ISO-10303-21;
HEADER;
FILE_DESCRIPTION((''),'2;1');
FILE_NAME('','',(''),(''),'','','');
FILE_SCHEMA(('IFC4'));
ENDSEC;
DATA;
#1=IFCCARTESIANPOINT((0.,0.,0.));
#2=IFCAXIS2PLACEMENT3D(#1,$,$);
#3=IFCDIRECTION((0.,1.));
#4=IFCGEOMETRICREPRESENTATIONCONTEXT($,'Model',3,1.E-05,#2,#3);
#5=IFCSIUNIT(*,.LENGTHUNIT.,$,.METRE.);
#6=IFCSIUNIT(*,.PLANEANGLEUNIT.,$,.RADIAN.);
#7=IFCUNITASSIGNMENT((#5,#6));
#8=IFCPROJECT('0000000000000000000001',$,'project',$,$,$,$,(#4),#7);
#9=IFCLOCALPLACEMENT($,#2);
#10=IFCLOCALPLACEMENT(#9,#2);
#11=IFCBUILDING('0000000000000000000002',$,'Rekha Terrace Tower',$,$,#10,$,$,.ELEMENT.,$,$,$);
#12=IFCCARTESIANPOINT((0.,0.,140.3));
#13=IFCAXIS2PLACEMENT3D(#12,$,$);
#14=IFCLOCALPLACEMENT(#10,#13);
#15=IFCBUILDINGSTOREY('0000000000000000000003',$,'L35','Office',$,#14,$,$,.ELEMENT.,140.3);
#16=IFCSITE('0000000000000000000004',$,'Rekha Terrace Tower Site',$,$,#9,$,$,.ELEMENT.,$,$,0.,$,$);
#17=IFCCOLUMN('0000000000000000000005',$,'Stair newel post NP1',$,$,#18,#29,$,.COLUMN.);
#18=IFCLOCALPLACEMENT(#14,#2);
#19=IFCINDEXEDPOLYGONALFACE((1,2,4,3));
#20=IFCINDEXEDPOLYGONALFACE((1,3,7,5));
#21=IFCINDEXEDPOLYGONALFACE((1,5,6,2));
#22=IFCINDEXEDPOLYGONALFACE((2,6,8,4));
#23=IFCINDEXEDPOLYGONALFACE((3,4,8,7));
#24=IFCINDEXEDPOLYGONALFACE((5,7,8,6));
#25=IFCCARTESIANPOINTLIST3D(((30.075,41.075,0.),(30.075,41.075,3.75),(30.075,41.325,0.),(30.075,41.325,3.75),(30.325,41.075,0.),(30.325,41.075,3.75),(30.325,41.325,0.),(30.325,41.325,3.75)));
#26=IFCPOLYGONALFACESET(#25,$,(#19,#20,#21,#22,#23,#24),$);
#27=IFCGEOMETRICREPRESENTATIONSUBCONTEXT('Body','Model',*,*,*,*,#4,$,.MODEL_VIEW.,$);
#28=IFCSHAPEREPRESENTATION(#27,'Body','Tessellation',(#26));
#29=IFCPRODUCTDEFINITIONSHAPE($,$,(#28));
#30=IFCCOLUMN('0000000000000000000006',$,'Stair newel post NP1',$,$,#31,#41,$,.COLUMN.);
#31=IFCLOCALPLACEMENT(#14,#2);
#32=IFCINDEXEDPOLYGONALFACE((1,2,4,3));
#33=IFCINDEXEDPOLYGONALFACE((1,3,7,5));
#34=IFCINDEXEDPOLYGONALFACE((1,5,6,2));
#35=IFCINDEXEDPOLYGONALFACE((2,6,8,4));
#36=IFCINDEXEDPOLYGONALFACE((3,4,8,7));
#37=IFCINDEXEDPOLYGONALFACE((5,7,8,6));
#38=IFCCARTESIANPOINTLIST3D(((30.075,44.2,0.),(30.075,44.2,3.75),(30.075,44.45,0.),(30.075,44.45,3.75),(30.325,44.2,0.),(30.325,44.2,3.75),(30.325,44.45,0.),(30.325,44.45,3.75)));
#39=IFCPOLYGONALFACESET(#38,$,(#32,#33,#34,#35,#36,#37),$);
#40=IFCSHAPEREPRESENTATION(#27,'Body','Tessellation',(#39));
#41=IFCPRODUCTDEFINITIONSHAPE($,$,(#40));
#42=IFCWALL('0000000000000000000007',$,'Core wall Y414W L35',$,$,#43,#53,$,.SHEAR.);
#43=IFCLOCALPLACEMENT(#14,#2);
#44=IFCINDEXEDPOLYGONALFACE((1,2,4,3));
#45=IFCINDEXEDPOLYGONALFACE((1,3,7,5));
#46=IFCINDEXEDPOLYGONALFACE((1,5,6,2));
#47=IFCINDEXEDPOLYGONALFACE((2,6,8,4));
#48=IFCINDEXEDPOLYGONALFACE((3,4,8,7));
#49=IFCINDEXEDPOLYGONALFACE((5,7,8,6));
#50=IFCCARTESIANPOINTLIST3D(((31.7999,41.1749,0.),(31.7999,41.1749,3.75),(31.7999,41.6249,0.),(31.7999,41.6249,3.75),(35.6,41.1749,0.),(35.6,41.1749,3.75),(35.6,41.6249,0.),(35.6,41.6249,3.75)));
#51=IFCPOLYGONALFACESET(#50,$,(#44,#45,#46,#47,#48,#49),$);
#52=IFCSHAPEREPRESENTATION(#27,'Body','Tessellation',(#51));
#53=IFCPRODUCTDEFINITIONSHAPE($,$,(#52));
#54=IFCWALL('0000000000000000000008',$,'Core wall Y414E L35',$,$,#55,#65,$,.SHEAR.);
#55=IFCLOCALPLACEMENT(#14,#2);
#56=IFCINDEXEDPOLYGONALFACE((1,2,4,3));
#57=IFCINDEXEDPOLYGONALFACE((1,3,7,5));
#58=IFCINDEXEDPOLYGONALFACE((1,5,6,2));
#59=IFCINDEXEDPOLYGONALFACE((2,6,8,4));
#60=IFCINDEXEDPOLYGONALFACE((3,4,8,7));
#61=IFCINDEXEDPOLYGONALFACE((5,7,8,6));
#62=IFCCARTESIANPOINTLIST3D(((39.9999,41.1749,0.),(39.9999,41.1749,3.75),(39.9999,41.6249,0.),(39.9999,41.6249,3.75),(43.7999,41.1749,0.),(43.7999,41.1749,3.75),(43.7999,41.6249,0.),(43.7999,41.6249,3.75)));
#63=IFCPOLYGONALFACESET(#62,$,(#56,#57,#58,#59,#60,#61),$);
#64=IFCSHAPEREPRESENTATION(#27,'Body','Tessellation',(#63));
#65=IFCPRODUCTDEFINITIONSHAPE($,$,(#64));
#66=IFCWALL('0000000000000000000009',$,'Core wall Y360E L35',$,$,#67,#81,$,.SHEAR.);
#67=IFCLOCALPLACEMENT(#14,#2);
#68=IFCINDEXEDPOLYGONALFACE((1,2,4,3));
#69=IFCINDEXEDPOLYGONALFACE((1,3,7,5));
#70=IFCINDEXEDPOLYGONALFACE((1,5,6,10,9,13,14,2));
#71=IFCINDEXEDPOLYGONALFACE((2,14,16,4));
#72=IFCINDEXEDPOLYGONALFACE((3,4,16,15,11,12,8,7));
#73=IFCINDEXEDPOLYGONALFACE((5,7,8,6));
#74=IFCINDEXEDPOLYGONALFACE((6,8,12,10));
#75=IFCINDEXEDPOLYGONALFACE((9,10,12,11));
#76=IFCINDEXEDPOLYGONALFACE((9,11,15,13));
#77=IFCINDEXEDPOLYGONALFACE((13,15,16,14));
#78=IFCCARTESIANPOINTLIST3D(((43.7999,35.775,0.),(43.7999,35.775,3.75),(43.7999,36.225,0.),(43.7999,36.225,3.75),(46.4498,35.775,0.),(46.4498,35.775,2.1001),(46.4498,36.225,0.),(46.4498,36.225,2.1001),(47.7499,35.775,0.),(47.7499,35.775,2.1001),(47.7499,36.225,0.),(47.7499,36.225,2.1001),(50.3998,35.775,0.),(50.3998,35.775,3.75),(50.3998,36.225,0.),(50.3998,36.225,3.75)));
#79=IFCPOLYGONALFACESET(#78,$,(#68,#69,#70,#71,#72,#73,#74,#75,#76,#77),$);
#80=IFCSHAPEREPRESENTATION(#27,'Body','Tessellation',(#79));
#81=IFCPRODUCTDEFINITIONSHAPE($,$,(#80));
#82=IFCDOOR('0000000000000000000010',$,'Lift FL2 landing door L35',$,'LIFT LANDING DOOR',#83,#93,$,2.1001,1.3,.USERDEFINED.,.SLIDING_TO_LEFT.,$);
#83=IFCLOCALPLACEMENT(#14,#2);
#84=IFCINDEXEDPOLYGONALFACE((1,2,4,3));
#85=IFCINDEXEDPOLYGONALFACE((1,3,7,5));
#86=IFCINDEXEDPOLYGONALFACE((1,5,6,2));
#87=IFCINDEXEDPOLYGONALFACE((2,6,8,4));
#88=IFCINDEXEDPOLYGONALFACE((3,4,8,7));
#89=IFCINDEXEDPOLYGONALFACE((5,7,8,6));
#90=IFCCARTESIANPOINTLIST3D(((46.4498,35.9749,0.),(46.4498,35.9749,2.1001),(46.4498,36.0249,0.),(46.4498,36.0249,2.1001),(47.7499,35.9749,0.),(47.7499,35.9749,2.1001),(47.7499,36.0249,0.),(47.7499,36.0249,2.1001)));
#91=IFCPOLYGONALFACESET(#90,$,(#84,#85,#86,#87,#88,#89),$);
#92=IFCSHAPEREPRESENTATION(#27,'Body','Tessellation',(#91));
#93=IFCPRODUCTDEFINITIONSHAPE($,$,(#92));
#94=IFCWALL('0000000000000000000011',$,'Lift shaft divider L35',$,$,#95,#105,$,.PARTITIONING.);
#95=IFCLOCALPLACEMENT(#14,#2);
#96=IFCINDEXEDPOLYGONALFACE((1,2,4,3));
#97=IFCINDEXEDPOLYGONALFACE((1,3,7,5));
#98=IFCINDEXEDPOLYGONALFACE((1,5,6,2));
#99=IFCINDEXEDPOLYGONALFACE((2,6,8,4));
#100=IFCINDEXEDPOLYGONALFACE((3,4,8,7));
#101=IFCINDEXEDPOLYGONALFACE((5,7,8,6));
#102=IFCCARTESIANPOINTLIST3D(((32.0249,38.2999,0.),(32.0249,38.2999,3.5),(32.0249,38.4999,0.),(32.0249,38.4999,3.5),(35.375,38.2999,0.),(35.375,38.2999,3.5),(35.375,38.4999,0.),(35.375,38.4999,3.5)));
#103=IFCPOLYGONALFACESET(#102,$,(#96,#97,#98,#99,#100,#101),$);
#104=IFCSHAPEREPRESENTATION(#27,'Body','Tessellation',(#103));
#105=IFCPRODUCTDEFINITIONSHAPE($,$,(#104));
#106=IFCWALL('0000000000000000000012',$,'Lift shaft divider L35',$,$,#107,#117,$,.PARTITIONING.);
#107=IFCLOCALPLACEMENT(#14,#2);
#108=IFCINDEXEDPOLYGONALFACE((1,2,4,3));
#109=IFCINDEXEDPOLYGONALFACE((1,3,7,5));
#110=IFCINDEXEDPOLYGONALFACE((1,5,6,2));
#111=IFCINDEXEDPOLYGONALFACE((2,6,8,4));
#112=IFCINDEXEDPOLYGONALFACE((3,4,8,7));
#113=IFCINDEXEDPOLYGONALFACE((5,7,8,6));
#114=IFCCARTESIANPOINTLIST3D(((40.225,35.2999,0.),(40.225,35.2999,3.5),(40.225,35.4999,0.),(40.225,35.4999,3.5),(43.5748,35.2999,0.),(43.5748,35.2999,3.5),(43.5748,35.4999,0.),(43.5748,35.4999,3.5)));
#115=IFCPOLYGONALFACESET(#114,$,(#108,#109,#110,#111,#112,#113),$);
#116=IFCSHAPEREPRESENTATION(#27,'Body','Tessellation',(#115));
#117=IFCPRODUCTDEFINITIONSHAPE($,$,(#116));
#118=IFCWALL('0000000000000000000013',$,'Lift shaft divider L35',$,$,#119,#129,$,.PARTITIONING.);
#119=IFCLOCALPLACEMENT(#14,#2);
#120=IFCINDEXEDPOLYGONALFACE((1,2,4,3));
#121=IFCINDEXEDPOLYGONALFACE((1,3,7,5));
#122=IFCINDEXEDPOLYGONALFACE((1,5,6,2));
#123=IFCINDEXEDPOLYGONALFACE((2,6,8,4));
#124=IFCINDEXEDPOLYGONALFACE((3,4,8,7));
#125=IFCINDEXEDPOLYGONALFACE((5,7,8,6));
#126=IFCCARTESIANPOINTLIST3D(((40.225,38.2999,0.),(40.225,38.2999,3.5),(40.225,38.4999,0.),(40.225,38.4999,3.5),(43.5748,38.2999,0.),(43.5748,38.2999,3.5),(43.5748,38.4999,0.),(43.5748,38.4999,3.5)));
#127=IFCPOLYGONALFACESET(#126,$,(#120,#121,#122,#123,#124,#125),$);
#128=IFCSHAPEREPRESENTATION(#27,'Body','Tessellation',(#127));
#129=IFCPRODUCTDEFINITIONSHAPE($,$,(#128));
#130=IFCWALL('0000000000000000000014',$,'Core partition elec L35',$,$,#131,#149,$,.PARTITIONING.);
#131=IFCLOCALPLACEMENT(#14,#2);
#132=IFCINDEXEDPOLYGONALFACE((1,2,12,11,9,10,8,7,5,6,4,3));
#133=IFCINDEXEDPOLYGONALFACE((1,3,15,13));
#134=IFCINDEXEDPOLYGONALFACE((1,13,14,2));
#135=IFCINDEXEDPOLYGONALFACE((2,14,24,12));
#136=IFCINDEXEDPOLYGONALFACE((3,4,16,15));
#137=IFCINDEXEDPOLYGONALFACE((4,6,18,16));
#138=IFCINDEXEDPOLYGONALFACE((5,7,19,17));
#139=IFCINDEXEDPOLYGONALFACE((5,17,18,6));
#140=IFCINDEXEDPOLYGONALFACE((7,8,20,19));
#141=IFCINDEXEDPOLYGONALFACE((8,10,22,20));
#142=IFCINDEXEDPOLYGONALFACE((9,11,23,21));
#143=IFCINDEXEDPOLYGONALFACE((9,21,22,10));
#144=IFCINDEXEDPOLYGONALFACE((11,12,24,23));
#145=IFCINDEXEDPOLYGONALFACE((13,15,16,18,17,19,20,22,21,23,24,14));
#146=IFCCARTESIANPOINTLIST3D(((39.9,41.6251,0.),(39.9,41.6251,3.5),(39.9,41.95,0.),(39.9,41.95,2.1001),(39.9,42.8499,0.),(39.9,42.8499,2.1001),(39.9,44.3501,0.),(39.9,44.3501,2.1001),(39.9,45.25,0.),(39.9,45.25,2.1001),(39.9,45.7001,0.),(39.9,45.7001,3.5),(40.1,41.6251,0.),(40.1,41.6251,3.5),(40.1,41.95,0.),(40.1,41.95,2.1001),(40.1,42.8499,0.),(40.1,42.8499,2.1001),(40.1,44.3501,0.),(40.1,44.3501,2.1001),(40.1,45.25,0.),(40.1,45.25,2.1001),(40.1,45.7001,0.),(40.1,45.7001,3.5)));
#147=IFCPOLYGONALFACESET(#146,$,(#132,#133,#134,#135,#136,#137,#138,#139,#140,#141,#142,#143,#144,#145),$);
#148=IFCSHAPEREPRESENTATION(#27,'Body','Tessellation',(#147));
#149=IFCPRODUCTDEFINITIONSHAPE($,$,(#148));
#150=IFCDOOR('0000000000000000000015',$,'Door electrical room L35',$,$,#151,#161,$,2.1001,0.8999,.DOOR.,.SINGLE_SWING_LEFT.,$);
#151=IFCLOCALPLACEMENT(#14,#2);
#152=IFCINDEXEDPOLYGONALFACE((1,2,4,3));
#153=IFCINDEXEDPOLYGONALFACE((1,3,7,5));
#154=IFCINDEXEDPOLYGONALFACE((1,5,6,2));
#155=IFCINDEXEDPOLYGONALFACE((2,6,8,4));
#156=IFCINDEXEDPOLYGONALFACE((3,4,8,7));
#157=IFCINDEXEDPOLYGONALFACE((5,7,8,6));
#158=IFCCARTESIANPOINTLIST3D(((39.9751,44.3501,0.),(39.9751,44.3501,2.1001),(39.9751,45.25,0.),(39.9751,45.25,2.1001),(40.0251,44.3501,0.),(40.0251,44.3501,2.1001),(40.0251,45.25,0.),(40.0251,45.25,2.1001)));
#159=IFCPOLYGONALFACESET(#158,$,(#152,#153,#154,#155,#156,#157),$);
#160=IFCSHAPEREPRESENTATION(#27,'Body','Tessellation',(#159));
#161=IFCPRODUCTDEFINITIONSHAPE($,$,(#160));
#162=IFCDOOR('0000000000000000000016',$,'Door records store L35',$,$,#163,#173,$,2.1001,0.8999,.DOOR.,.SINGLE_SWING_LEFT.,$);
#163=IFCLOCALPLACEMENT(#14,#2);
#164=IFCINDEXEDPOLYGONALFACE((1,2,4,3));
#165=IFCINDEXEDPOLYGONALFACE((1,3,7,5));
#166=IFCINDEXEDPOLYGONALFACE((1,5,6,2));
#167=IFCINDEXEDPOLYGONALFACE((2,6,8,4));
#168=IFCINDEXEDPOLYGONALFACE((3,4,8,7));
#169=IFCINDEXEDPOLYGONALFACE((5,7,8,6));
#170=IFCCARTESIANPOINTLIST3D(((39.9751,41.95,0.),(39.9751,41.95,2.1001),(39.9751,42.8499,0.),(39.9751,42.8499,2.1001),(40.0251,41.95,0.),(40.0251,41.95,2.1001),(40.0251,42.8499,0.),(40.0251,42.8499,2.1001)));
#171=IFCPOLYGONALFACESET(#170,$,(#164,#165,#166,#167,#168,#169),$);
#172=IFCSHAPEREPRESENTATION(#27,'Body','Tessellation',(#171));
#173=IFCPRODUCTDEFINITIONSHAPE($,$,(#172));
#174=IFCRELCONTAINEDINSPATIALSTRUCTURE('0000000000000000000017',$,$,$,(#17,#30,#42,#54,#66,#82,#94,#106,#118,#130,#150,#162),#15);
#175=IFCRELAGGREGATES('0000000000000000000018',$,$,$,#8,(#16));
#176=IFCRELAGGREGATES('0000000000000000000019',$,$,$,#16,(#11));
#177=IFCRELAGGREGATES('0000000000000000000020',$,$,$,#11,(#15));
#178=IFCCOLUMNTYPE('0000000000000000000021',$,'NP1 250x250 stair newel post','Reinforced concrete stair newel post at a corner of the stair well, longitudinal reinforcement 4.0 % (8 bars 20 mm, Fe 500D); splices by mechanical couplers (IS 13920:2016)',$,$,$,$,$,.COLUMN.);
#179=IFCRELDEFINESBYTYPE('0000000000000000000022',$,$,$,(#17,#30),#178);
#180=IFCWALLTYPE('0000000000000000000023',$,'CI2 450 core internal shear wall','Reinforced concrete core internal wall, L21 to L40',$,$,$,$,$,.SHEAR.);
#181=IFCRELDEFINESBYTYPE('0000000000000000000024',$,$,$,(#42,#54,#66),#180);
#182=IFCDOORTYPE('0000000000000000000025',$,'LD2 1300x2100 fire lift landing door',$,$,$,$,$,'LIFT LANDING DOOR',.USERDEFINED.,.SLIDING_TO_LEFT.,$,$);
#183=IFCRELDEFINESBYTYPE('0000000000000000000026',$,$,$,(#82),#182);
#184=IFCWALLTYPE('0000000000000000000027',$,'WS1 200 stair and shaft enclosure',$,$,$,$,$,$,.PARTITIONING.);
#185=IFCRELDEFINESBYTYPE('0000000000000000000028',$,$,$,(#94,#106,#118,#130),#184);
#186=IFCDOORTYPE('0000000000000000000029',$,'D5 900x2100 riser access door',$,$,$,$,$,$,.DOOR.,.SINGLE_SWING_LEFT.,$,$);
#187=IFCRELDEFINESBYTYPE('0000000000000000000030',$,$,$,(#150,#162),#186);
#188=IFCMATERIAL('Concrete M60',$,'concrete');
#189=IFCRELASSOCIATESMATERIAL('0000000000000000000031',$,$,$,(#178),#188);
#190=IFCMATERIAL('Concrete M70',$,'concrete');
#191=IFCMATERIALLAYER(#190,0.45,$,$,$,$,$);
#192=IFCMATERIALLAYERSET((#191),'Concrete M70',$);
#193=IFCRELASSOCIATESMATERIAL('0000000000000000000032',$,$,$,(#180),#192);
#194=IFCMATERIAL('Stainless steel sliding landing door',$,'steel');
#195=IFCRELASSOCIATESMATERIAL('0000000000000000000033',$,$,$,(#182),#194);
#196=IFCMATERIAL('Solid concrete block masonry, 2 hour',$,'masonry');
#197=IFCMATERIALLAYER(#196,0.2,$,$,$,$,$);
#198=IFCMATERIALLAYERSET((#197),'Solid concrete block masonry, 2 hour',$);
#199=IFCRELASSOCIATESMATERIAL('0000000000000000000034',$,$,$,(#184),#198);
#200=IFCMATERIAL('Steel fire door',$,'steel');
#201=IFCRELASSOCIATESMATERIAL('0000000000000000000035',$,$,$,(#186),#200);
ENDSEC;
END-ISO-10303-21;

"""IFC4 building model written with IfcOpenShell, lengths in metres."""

from ifc_helpers import new_model, si_unit, direction, frame, frame_2d, origin, origin_2d, place, context, subcontext, project, spatial, rectangle, extrude, material, layer, layer_set, material_profile, profile_set, type_object, element, fill, save


model = new_model("IFC4")

# Units and contexts
model_context = context("Model", 3, precision=1e-05, world=origin(), true_north=direction((0.0, 1.0)))
body_context = subcontext(model_context, "Body", "Model", "MODEL_VIEW")
ifc_project = project(units=[si_unit("LENGTHUNIT", "METRE"), si_unit("PLANEANGLEUNIT", "RADIAN")], contexts=[model_context])

# Site, building, storey
site_placement = place(None, origin())
site = spatial("IfcSite", under=ifc_project, at=site_placement, Name="Rekha Terrace Tower Site", CompositionType="ELEMENT", RefElevation=0.0)
building_placement = place(site_placement, origin())
building = spatial("IfcBuilding", under=site, at=building_placement, Name="Rekha Terrace Tower", CompositionType="ELEMENT")
storey_placement = place(building_placement, frame((0.0, 0.0, 140.3)))
storey = spatial("IfcBuildingStorey", under=building, at=storey_placement, Name="L35", Description="Office", CompositionType="ELEMENT", Elevation=140.3)

# Columns
ifc_material_1 = material(Name="Concrete M60", Category="concrete")
ifc_material_profile = material_profile(ifc_material_1, rectangle(XDim=0.25, YDim=0.25, at=origin_2d()), Name="RC 250x250")
ifc_profile_set = profile_set([ifc_material_profile], Name="Concrete M60")
column_type = type_object("IfcColumnType", Name="NP1 250x250 stair newel post", Description="Reinforced concrete stair newel post at a corner of the stair well, longitudinal reinforcement 4.0 % (8 bars 20 mm, Fe 500D); splices by mechanical couplers (IS 13920:2016)", PredefinedType="COLUMN", material=ifc_profile_set)
for number, where, z_axis, x_axis, name in (
    (1, (30.2, 41.2, 0.0), (0.0, 0.0, 1.0), (1.0, 0.0, 0.0), "Stair newel post NP1"),
    (2, (30.2, 44.325, 0.0), (0.0, 0.0, 1.0), (1.0, 0.0, 0.0), "Stair newel post NP1"),
):
    element("IfcColumn", number, at=place(storey_placement, frame(where, z_axis=z_axis, x_axis=x_axis)), inside=storey, type_object=column_type, Name=name, PredefinedType="COLUMN", context=body_context, shape_type="SweptSolid", body=[
        extrude(rectangle(XDim=0.25, YDim=0.25, at=origin_2d()), origin(), (0.0, 0.0, 1.0), 3.75),
    ])

# Walls
ifc_material_2 = material(Name="Concrete M70", Category="concrete")
ifc_layer_1 = layer(ifc_material_2, 0.45)
ifc_layer_set_1 = layer_set([ifc_layer_1], Name="Concrete M70")
wall_type_1 = type_object("IfcWallType", Name="CI2 450 core internal shear wall", Description="Reinforced concrete core internal wall, L21 to L40", PredefinedType="SHEAR", material=ifc_layer_set_1)
for number, where, z_axis, x_axis, name in (
    (3, (31.8, 41.3999, 0.0), (0.0, 0.0, 1.0), (1.0, 0.0, 0.0), "Core wall Y414W L35"),
    (4, (40.0, 41.3999, 0.0), (0.0, 0.0, 1.0), (1.0, 0.0, 0.0), "Core wall Y414E L35"),
):
    element("IfcWall", number, at=place(storey_placement, frame(where, z_axis=z_axis, x_axis=x_axis)), inside=storey, type_object=wall_type_1, Name=name, PredefinedType="SHEAR", context=body_context, shape_type="SweptSolid", body=[
        extrude(rectangle(XDim=3.8, YDim=0.45, at=frame_2d((1.8999, 0.0))), origin(), (0.0, 0.0, 1.0), 3.75),
    ])

# Wall, opening, door
wall_1_placement = place(storey_placement, frame((43.8, 36.0, 0.0), z_axis=(0.0, 0.0, 1.0), x_axis=(1.0, 0.0, 0.0)))
wall_1 = element("IfcWall", 5, at=wall_1_placement, inside=storey, type_object=wall_type_1, Name="Core wall Y360E L35", PredefinedType="SHEAR", context=body_context, shape_type="SweptSolid", body=[
    extrude(rectangle(XDim=6.5999, YDim=0.45, at=frame_2d((3.2998, 0.0))), origin(), (0.0, 0.0, 1.0), 3.75),
])
opening_1_placement = place(wall_1_placement, frame((2.6499, 0.0, 0.0)))
opening_1 = element("IfcOpeningElement", 6, at=opening_1_placement, cuts=wall_1, PredefinedType="OPENING", context=body_context, shape_type="SweptSolid", body=[
    extrude(rectangle(XDim=1.3, YDim=2.1001, at=frame_2d((0.6499, 1.05))), frame((0.0, 0.2349, 0.0), z_axis=(0.0, -1.0, 0.0), x_axis=(1.0, 0.0, 0.0)), (0.0, 0.0, 1.0), 0.47),
])
ifc_material_3 = material(Name="Stainless steel sliding landing door", Category="steel")
door_type_1 = type_object("IfcDoorType", Name="LD2 1300x2100 fire lift landing door", ElementType="LIFT LANDING DOOR", OperationType="SLIDING_TO_LEFT", PredefinedType="USERDEFINED", material=ifc_material_3)
door_1_placement = place(opening_1_placement, origin())
door_1 = element("IfcDoor", 7, at=door_1_placement, inside=storey, type_object=door_type_1, Name="Lift FL2 landing door L35", ObjectType="LIFT LANDING DOOR", OperationType="SLIDING_TO_LEFT", OverallHeight=2.1001, OverallWidth=1.3, PredefinedType="USERDEFINED", context=body_context, shape_type="SweptSolid", body=[
    extrude(rectangle(XDim=1.3, YDim=2.1001, at=frame_2d((0.6499, 1.05))), frame((0.0, 0.0249, 0.0), z_axis=(0.0, -1.0, 0.0), x_axis=(1.0, 0.0, 0.0)), (0.0, 0.0, 1.0), 0.05),
])
fill(opening_1, door_1)

# Walls
ifc_material_4 = material(Name="Solid concrete block masonry, 2 hour", Category="masonry")
ifc_layer_2 = layer(ifc_material_4, 0.2)
ifc_layer_set_2 = layer_set([ifc_layer_2], Name="Solid concrete block masonry, 2 hour")
wall_type_2 = type_object("IfcWallType", Name="WS1 200 stair and shaft enclosure", PredefinedType="PARTITIONING", material=ifc_layer_set_2)
wall_2_placement = place(storey_placement, frame((32.0249, 38.3999, 0.0), z_axis=(0.0, 0.0, 1.0), x_axis=(1.0, 0.0, 0.0)))
element("IfcWall", 8, at=wall_2_placement, inside=storey, type_object=wall_type_2, Name="Lift shaft divider L35", PredefinedType="PARTITIONING", context=body_context, shape_type="SweptSolid", body=[
    extrude(rectangle(XDim=3.3501, YDim=0.2, at=frame_2d((1.675, 0.0))), origin(), (0.0, 0.0, 1.0), 3.5),
])
for number, where, z_axis, x_axis, name in (
    (9, (40.2251, 35.3999, 0.0), (0.0, 0.0, 1.0), (1.0, 0.0, 0.0), "Lift shaft divider L35"),
    (10, (40.2251, 38.3999, 0.0), (0.0, 0.0, 1.0), (1.0, 0.0, 0.0), "Lift shaft divider L35"),
):
    element("IfcWall", number, at=place(storey_placement, frame(where, z_axis=z_axis, x_axis=x_axis)), inside=storey, type_object=wall_type_2, Name=name, PredefinedType="PARTITIONING", context=body_context, shape_type="SweptSolid", body=[
        extrude(rectangle(XDim=3.3499, YDim=0.2, at=frame_2d((1.6748, 0.0))), origin(), (0.0, 0.0, 1.0), 3.5),
    ])

# Wall, openings, doors
wall_3_placement = place(storey_placement, frame((40.0, 41.625, 0.0), z_axis=(0.0, 0.0, 1.0), x_axis=(0.0, 1.0, 0.0)))
wall_3 = element("IfcWall", 11, at=wall_3_placement, inside=storey, type_object=wall_type_2, Name="Core partition elec L35", PredefinedType="PARTITIONING", context=body_context, shape_type="SweptSolid", body=[
    extrude(rectangle(XDim=4.075, YDim=0.2, at=frame_2d((2.0376, 0.0))), origin(), (0.0, 0.0, 1.0), 3.5),
])
opening_2_placement = place(wall_3_placement, frame((2.7251, 0.0, 0.0)))
opening_2 = element("IfcOpeningElement", 12, at=opening_2_placement, cuts=wall_3, PredefinedType="OPENING", context=body_context, shape_type="SweptSolid", body=[
    extrude(rectangle(XDim=0.8999, YDim=2.1001, at=frame_2d((0.45, 1.05))), frame((0.0, 0.1099, 0.0), z_axis=(0.0, -1.0, 0.0), x_axis=(1.0, 0.0, 0.0)), (0.0, 0.0, 1.0), 0.22),
])
opening_3_placement = place(wall_3_placement, frame((0.325, 0.0, 0.0)))
opening_3 = element("IfcOpeningElement", 13, at=opening_3_placement, cuts=wall_3, PredefinedType="OPENING", context=body_context, shape_type="SweptSolid", body=[
    extrude(rectangle(XDim=0.8999, YDim=2.1001, at=frame_2d((0.45, 1.05))), frame((0.0, 0.1099, 0.0), z_axis=(0.0, -1.0, 0.0), x_axis=(1.0, 0.0, 0.0)), (0.0, 0.0, 1.0), 0.22),
])
ifc_material_5 = material(Name="Steel fire door", Category="steel")
door_type_2 = type_object("IfcDoorType", Name="D5 900x2100 riser access door", OperationType="SINGLE_SWING_LEFT", PredefinedType="DOOR", material=ifc_material_5)
door_2_placement = place(opening_2_placement, origin())
door_2 = element("IfcDoor", 14, at=door_2_placement, inside=storey, type_object=door_type_2, Name="Door electrical room L35", OperationType="SINGLE_SWING_LEFT", OverallHeight=2.1001, OverallWidth=0.8999, PredefinedType="DOOR", context=body_context, shape_type="SweptSolid", body=[
    extrude(rectangle(XDim=0.8999, YDim=2.1001, at=frame_2d((0.45, 1.05))), frame((0.0, 0.0249, 0.0), z_axis=(0.0, -1.0, 0.0), x_axis=(1.0, 0.0, 0.0)), (0.0, 0.0, 1.0), 0.05),
])
fill(opening_2, door_2)
door_3_placement = place(opening_3_placement, origin())
door_3 = element("IfcDoor", 15, at=door_3_placement, inside=storey, type_object=door_type_2, Name="Door records store L35", OperationType="SINGLE_SWING_LEFT", OverallHeight=2.1001, OverallWidth=0.8999, PredefinedType="DOOR", context=body_context, shape_type="SweptSolid", body=[
    extrude(rectangle(XDim=0.8999, YDim=2.1001, at=frame_2d((0.45, 1.05))), frame((0.0, 0.0249, 0.0), z_axis=(0.0, -1.0, 0.0), x_axis=(1.0, 0.0, 0.0)), (0.0, 0.0, 1.0), 0.05),
])
fill(opening_3, door_3)

save(model, "model.ifc")
